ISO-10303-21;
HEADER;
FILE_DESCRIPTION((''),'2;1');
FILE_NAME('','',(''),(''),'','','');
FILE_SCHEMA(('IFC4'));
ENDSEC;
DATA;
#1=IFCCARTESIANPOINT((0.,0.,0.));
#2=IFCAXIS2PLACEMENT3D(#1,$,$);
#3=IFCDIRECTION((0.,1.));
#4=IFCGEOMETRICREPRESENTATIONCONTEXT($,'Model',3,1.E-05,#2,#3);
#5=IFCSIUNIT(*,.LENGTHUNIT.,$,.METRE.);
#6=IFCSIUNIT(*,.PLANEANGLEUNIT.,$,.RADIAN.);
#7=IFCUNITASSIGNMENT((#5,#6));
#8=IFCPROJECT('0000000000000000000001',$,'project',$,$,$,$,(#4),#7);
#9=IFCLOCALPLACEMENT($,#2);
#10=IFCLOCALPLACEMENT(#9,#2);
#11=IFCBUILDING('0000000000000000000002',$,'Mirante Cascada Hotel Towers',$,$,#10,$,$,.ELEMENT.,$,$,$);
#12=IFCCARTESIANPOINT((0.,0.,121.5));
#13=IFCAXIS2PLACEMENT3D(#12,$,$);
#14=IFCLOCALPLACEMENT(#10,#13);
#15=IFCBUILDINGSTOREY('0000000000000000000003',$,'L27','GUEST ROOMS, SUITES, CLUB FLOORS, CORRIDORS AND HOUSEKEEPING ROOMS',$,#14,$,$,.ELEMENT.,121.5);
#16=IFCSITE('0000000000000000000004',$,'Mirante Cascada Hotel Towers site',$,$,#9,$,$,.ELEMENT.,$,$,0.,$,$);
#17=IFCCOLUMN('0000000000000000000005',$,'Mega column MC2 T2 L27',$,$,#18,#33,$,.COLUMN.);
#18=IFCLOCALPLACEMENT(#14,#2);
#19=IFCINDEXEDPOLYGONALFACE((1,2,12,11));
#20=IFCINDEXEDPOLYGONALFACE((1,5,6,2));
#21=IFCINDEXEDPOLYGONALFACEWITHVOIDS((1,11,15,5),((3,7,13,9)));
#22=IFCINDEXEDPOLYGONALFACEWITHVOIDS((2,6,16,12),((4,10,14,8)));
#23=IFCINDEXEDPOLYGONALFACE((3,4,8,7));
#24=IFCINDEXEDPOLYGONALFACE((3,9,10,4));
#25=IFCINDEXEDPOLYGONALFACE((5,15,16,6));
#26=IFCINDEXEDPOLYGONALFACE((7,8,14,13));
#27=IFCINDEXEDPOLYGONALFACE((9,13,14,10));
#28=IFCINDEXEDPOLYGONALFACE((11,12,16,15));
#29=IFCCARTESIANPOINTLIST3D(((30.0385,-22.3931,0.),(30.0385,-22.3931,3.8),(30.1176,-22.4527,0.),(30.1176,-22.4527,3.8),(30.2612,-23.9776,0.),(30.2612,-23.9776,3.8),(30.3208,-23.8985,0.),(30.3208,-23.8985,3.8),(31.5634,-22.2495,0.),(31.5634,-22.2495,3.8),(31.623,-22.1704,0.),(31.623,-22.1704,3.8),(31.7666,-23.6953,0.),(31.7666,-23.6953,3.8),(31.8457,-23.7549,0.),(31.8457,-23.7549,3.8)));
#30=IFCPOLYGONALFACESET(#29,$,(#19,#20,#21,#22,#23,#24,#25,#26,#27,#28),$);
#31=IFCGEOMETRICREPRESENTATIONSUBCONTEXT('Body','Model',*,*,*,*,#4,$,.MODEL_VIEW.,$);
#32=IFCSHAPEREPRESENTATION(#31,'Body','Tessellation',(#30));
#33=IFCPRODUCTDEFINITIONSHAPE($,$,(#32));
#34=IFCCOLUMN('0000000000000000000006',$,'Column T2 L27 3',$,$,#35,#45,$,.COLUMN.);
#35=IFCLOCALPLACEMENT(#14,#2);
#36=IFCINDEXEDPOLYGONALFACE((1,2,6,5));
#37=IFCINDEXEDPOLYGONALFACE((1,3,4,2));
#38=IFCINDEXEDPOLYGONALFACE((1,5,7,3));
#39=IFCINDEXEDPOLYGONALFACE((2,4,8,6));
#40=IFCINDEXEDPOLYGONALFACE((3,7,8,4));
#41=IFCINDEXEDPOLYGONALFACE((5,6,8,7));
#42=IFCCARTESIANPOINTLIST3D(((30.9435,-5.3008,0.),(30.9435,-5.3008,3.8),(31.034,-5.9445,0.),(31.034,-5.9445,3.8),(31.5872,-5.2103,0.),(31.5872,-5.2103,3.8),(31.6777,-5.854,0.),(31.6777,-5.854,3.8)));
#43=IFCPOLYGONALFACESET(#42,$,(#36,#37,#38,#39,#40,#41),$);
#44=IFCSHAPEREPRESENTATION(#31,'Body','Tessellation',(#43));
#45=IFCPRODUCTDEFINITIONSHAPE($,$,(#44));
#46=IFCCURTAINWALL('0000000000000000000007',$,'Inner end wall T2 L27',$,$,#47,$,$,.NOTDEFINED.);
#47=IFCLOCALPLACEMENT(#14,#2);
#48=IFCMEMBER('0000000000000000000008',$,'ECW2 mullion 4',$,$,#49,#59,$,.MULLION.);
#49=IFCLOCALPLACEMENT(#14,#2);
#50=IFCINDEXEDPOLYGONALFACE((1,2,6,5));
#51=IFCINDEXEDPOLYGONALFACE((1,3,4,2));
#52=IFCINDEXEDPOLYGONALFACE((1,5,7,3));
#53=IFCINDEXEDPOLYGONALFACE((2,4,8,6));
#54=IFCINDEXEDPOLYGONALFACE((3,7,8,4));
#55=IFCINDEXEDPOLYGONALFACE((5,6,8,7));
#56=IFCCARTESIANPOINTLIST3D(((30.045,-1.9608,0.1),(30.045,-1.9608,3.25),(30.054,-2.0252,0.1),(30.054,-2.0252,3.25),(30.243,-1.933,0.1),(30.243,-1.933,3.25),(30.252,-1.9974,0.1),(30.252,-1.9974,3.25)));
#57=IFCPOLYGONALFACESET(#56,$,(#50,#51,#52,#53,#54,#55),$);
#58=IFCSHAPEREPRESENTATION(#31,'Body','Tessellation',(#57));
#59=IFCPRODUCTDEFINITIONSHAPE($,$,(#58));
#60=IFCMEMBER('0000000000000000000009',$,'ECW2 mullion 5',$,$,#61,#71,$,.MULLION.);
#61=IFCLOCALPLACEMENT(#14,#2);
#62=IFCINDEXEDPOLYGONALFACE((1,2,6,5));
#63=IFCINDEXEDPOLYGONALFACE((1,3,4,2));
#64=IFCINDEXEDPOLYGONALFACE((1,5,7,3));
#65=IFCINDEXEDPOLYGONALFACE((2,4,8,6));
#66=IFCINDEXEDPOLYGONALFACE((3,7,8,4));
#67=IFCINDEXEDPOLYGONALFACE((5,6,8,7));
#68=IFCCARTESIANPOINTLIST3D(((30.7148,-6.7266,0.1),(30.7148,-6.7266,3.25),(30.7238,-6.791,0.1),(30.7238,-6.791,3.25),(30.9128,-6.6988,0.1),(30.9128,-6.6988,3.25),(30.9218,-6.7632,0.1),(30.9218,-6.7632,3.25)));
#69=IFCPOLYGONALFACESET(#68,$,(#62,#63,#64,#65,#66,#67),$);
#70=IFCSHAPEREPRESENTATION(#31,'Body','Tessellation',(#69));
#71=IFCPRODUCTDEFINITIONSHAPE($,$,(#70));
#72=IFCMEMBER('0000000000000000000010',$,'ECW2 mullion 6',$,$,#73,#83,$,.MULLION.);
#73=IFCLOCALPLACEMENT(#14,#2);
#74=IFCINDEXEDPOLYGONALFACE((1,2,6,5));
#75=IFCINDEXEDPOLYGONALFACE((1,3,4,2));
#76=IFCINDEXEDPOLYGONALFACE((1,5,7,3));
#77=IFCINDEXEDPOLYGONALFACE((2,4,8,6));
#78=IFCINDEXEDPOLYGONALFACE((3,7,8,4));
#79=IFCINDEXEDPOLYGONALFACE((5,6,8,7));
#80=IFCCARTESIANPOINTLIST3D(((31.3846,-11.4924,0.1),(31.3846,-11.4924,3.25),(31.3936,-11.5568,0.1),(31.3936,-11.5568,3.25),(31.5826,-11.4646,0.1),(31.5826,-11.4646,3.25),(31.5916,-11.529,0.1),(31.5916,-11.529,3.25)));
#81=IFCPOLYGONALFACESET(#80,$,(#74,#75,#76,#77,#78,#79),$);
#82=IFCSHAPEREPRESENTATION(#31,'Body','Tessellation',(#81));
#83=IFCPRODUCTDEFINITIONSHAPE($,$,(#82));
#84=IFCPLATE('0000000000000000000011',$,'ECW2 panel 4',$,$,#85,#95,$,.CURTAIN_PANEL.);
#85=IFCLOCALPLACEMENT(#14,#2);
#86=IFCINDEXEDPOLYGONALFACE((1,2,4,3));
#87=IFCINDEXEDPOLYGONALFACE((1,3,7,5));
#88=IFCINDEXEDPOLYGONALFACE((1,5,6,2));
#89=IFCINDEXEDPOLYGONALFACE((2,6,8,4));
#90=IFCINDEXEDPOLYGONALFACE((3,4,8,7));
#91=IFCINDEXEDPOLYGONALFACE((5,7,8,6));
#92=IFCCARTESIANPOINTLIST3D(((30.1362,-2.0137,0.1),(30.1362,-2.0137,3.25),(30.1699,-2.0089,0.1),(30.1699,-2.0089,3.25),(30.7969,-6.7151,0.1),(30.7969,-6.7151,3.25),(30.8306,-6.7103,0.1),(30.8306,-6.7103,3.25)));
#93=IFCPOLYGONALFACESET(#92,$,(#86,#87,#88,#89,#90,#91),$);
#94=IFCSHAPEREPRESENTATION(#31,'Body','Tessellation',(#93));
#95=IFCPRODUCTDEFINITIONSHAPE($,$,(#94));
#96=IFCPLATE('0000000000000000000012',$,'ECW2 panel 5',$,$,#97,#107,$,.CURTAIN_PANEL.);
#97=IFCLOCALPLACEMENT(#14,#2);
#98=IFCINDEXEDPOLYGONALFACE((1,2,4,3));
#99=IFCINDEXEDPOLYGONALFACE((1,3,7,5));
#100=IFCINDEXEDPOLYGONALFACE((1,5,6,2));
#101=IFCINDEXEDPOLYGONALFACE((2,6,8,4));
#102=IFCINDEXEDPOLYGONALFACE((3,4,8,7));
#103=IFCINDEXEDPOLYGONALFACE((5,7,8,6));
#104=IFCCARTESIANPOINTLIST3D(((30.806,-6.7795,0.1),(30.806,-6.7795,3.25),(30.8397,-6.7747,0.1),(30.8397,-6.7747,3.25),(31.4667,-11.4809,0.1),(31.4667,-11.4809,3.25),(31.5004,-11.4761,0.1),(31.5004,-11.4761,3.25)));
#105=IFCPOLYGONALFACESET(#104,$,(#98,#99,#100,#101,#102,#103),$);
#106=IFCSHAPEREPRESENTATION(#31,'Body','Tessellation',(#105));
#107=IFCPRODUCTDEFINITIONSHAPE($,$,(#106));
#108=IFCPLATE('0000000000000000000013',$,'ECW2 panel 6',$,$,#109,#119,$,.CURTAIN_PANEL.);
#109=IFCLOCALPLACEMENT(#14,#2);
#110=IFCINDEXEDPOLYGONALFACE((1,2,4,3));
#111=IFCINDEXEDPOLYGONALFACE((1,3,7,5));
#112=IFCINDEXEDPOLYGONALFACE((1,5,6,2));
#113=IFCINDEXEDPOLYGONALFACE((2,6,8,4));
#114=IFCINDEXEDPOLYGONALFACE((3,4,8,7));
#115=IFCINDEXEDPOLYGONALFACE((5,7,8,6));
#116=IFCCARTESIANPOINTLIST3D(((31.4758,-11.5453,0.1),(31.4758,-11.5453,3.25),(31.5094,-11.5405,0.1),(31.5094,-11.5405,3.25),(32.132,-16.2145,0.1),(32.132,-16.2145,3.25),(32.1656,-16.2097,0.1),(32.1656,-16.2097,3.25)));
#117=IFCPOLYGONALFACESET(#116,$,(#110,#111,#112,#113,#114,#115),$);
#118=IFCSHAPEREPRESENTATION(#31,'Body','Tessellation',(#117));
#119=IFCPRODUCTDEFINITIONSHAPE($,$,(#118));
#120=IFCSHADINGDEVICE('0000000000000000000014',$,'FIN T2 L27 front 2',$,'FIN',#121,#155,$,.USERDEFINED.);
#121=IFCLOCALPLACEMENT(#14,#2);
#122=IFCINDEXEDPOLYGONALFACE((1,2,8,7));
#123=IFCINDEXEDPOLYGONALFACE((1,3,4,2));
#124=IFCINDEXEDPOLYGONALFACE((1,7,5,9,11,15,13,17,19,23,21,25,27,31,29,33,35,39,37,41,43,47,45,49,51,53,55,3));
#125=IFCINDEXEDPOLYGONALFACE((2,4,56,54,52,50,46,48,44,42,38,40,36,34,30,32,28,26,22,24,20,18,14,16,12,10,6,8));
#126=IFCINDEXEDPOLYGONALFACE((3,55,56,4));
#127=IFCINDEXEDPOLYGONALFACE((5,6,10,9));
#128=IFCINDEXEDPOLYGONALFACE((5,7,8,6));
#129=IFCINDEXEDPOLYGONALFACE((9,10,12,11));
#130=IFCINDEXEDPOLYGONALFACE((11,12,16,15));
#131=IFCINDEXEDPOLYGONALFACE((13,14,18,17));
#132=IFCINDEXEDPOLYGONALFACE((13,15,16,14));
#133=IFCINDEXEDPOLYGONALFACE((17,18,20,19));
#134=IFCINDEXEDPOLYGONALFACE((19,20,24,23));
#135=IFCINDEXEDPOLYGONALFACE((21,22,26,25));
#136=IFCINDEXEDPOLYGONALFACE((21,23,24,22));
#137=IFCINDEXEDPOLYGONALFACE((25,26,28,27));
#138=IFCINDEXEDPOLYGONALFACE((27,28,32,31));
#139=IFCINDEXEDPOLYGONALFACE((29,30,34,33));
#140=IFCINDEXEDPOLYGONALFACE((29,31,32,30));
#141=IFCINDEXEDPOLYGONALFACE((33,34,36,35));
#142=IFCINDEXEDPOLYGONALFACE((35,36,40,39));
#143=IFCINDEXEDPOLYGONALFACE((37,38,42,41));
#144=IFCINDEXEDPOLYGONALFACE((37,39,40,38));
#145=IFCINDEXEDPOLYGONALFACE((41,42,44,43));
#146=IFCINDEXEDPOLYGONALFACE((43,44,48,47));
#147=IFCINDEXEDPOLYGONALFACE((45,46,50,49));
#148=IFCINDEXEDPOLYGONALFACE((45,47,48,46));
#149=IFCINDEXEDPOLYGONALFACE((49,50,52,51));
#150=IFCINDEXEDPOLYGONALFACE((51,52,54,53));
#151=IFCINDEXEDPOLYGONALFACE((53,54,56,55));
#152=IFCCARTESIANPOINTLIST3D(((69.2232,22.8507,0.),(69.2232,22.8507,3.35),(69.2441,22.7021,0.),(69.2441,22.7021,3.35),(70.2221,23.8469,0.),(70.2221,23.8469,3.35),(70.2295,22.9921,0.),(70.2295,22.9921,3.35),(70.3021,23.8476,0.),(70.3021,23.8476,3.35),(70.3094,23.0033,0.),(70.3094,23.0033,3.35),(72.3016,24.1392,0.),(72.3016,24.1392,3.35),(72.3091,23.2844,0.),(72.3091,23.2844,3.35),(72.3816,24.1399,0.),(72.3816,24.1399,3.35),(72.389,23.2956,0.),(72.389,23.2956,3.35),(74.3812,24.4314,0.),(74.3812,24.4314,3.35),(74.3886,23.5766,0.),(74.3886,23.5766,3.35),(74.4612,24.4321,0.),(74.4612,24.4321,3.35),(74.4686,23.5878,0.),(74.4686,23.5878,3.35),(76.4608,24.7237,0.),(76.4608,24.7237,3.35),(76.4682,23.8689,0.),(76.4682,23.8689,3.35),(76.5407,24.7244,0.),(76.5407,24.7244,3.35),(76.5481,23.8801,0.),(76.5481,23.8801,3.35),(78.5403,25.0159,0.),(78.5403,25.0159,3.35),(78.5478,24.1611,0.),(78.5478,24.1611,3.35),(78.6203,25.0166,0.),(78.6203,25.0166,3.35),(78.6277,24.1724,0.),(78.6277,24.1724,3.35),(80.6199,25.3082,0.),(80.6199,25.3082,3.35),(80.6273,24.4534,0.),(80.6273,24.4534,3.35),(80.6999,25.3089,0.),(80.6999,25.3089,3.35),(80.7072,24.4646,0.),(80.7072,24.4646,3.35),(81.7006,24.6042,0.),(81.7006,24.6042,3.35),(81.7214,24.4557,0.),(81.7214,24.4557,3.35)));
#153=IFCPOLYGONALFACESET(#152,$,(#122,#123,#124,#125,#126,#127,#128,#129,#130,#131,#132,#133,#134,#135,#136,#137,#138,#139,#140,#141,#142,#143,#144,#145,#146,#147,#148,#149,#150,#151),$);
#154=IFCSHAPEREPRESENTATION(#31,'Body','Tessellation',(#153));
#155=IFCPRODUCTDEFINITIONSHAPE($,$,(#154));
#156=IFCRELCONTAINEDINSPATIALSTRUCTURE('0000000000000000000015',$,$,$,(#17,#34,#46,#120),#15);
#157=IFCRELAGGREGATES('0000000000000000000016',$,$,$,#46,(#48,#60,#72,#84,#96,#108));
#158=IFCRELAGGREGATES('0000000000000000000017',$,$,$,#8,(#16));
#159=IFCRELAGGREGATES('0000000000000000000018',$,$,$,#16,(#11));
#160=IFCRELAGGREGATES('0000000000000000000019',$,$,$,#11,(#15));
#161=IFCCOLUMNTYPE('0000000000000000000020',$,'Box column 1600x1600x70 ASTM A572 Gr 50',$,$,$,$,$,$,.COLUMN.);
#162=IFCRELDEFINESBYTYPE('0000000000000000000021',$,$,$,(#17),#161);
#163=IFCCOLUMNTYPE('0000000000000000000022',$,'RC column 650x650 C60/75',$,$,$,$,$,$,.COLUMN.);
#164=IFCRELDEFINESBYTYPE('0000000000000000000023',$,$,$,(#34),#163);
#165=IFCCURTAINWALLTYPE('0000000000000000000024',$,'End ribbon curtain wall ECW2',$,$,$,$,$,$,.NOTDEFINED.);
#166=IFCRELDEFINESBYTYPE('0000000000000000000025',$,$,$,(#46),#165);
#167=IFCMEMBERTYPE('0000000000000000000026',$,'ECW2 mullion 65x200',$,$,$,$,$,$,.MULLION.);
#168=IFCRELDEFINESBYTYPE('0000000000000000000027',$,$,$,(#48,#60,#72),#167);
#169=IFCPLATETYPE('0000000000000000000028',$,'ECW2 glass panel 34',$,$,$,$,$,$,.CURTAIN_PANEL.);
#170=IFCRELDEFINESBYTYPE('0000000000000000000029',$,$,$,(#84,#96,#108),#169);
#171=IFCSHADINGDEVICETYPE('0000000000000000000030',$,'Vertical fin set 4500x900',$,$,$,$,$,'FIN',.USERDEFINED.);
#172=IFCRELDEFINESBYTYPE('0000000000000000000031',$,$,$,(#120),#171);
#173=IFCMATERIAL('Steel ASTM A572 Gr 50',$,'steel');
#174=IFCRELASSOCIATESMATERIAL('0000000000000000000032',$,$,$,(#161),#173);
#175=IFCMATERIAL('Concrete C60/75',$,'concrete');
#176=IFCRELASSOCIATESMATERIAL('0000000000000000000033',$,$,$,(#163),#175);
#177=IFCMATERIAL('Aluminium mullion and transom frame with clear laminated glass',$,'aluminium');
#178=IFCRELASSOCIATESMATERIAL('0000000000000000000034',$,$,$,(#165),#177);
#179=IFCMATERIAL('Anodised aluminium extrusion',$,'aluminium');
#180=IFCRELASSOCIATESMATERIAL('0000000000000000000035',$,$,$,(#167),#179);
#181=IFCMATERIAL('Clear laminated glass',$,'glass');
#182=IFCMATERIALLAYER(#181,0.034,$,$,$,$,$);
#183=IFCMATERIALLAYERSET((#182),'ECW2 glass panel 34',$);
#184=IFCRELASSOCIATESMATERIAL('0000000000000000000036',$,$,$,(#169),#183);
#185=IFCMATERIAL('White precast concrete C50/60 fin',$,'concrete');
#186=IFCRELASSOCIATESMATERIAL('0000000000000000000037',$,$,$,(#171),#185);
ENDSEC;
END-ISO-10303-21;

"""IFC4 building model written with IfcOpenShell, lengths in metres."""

from ifc_helpers import new_model, si_unit, direction, frame, origin, origin_2d, place, context, subcontext, project, spatial, polyline, rectangle, hollow_rectangle, outline, extrude, material, layer, layer_set, material_profile, profile_set, type_object, element, aggregate, save


model = new_model("IFC4")

# Units and contexts
model_context = context("Model", 3, precision=1e-05, world=origin(), true_north=direction((0.0, 1.0)))
body_context = subcontext(model_context, "Body", "Model", "MODEL_VIEW")
ifc_project = project(units=[si_unit("LENGTHUNIT", "METRE"), si_unit("PLANEANGLEUNIT", "RADIAN")], contexts=[model_context])

# Site, building, storey
site_placement = place(None, origin())
site = spatial("IfcSite", under=ifc_project, at=site_placement, Name="Mirante Cascada Hotel Towers site", CompositionType="ELEMENT", RefElevation=0.0)
building_placement = place(site_placement, origin())
building = spatial("IfcBuilding", under=site, at=building_placement, Name="Mirante Cascada Hotel Towers", CompositionType="ELEMENT")
storey_placement = place(building_placement, frame((0.0, 0.0, 121.5)))
storey = spatial("IfcBuildingStorey", under=building, at=storey_placement, Name="L27", Description="GUEST ROOMS, SUITES, CLUB FLOORS, CORRIDORS AND HOUSEKEEPING ROOMS", CompositionType="ELEMENT", Elevation=121.5)

# Columns
ifc_material_1 = material(Name="Steel ASTM A572 Gr 50", Category="steel")
ifc_material_profile_1 = material_profile(ifc_material_1, hollow_rectangle(XDim=1.6, YDim=1.6, WallThickness=0.07, at=origin_2d()), Name="Box column 1600x1600x70 ASTM A572 Gr 50")
ifc_profile_set_1 = profile_set([ifc_material_profile_1], Name="Steel ASTM A572 Gr 50")
column_type_1 = type_object("IfcColumnType", Name="Box column 1600x1600x70 ASTM A572 Gr 50", PredefinedType="COLUMN", material=ifc_profile_set_1)
column_1_placement = place(storey_placement, frame((30.9421, -23.074, 0.0), z_axis=(0.0, 0.0, 1.0), x_axis=(0.990268, 0.139173, 0.0)))
element("IfcColumn", 1, at=column_1_placement, inside=storey, type_object=column_type_1, Name="Mega column MC2 T2 L27", PredefinedType="COLUMN", context=body_context, shape_type="SweptSolid", body=[
    extrude(hollow_rectangle(XDim=1.6, YDim=1.6, WallThickness=0.07, at=origin_2d()), origin(), (0.0, 0.0, 1.0), 3.8),
])
ifc_material_2 = material(Name="Concrete C60/75", Category="concrete")
ifc_material_profile_2 = material_profile(ifc_material_2, rectangle(XDim=0.65, YDim=0.65, at=origin_2d()), Name="RC column 650x650 C60/75")
ifc_profile_set_2 = profile_set([ifc_material_profile_2], Name="Concrete C60/75")
column_type_2 = type_object("IfcColumnType", Name="RC column 650x650 C60/75", PredefinedType="COLUMN", material=ifc_profile_set_2)
column_2_placement = place(storey_placement, frame((31.3106, -5.5774, 0.0), z_axis=(0.0, 0.0, 1.0), x_axis=(0.990268, 0.139173, 0.0)))
element("IfcColumn", 2, at=column_2_placement, inside=storey, type_object=column_type_2, Name="Column T2 L27 3", PredefinedType="COLUMN", context=body_context, shape_type="SweptSolid", body=[
    extrude(rectangle(XDim=0.65, YDim=0.65, at=origin_2d()), origin(), (0.0, 0.0, 1.0), 3.8),
])

# Curtain wall, members, plates
ifc_material_3 = material(Name="Aluminium mullion and transom frame with clear laminated glass", Category="aluminium")
curtain_wall_type = type_object("IfcCurtainWallType", Name="End ribbon curtain wall ECW2", PredefinedType="NOTDEFINED", material=ifc_material_3)
curtain_wall_placement = place(storey_placement, origin())
curtain_wall = element("IfcCurtainWall", 3, at=curtain_wall_placement, inside=storey, type_object=curtain_wall_type, Name="Inner end wall T2 L27", PredefinedType="NOTDEFINED")
ifc_material_4 = material(Name="Anodised aluminium extrusion", Category="aluminium")
ifc_material_profile_3 = material_profile(ifc_material_4, rectangle(XDim=0.2, YDim=0.065, at=origin_2d()), Name="ECW2 MULLION 65x200")
ifc_profile_set_3 = profile_set([ifc_material_profile_3], Name="Anodised aluminium extrusion")
member_type = type_object("IfcMemberType", Name="ECW2 mullion 65x200", PredefinedType="MULLION", material=ifc_profile_set_3)
member_1_placement = place(storey_placement, frame((30.1485, -1.9791, 0.1), z_axis=(0.0, 0.0, 1.0), x_axis=(0.990268, 0.139173, 0.0)))
member_1 = element("IfcMember", 4, at=member_1_placement, type_object=member_type, Name="ECW2 mullion 4", PredefinedType="MULLION", context=body_context, shape_type="SweptSolid", body=[
    extrude(rectangle(XDim=0.2, YDim=0.065, at=origin_2d()), origin(), (0.0, 0.0, 1.0), 3.15),
])
member_2_placement = place(storey_placement, frame((30.8183, -6.7449, 0.1), z_axis=(0.0, 0.0, 1.0), x_axis=(0.990268, 0.139173, 0.0)))
member_2 = element("IfcMember", 5, at=member_2_placement, type_object=member_type, Name="ECW2 mullion 5", PredefinedType="MULLION", context=body_context, shape_type="SweptSolid", body=[
    extrude(rectangle(XDim=0.2, YDim=0.065, at=origin_2d()), origin(), (0.0, 0.0, 1.0), 3.15),
])
member_3_placement = place(storey_placement, frame((31.4881, -11.5107, 0.1), z_axis=(0.0, 0.0, 1.0), x_axis=(0.990268, 0.139173, 0.0)))
member_3 = element("IfcMember", 6, at=member_3_placement, type_object=member_type, Name="ECW2 mullion 6", PredefinedType="MULLION", context=body_context, shape_type="SweptSolid", body=[
    extrude(rectangle(XDim=0.2, YDim=0.065, at=origin_2d()), origin(), (0.0, 0.0, 1.0), 3.15),
])
ifc_material_5 = material(Name="Clear laminated glass", Category="glass")
ifc_layer = layer(ifc_material_5, 0.034)
ifc_layer_set = layer_set([ifc_layer], Name="ECW2 glass panel 34")
plate_type = type_object("IfcPlateType", Name="ECW2 glass panel 34", PredefinedType="CURTAIN_PANEL", material=ifc_layer_set)
plate_1_placement = place(storey_placement, frame((30.4834, -4.362, 0.1), z_axis=(0.0, 0.0, 1.0), x_axis=(0.139173, -0.990268, 0.0)))
plate_1 = element("IfcPlate", 7, at=plate_1_placement, type_object=plate_type, Name="ECW2 panel 4", PredefinedType="CURTAIN_PANEL", context=body_context, shape_type="SweptSolid", body=[
    extrude(rectangle(XDim=4.7476, YDim=0.034, at=origin_2d()), origin(), (0.0, 0.0, 1.0), 3.15),
])
plate_2_placement = place(storey_placement, frame((31.1532, -9.1278, 0.1), z_axis=(0.0, 0.0, 1.0), x_axis=(0.139173, -0.990268, 0.0)))
plate_2 = element("IfcPlate", 8, at=plate_2_placement, type_object=plate_type, Name="ECW2 panel 5", PredefinedType="CURTAIN_PANEL", context=body_context, shape_type="SweptSolid", body=[
    extrude(rectangle(XDim=4.7476, YDim=0.034, at=origin_2d()), origin(), (0.0, 0.0, 1.0), 3.15),
])
plate_3_placement = place(storey_placement, frame((31.8207, -13.8775, 0.1), z_axis=(0.0, 0.0, 1.0), x_axis=(0.139173, -0.990268, 0.0)))
plate_3 = element("IfcPlate", 9, at=plate_3_placement, type_object=plate_type, Name="ECW2 panel 6", PredefinedType="CURTAIN_PANEL", context=body_context, shape_type="SweptSolid", body=[
    extrude(rectangle(XDim=4.7151, YDim=0.034, at=origin_2d()), origin(), (0.0, 0.0, 1.0), 3.15),
])
aggregate(curtain_wall, [member_1, member_2, member_3, plate_1, plate_2, plate_3])

# Shading device
ifc_material_6 = material(Name="White precast concrete C50/60 fin", Category="concrete")
shading_device_type = type_object("IfcShadingDeviceType", Name="Vertical fin set 4500x900", ElementType="FIN", PredefinedType="USERDEFINED", material=ifc_material_6)
shading_device_1_placement = place(storey_placement, origin())
element("IfcShadingDevice", 10, at=shading_device_1_placement, inside=storey, type_object=shading_device_type, Name="FIN T2 L27 front 2", ObjectType="FIN", PredefinedType="USERDEFINED", context=body_context, shape_type="SweptSolid", body=[
    extrude(outline(polyline([(70.3021, 23.8476), (70.3094, 23.0033), (72.3091, 23.2844), (72.3016, 24.1392), (72.3816, 24.1399), (72.389, 23.2956), (74.3886, 23.5766), (74.3812, 24.4314), (74.4612, 24.4321), (74.4686, 23.5878), (76.4682, 23.8689), (76.4608, 24.7237), (76.5407, 24.7244), (76.5481, 23.8801), (78.5478, 24.1611), (78.5403, 25.0159), (78.6203, 25.0166), (78.6277, 24.1724), (80.6273, 24.4534), (80.6199, 25.3082), (80.6999, 25.3089), (80.7072, 24.4646), (81.7006, 24.6042), (81.7214, 24.4557), (69.2441, 22.7021), (69.2232, 22.8507), (70.2295, 22.9921), (70.2221, 23.8469), (70.3021, 23.8476)])), origin(), (0.0, 0.0, 1.0), 3.35),
])

save(model, "model.ifc")
